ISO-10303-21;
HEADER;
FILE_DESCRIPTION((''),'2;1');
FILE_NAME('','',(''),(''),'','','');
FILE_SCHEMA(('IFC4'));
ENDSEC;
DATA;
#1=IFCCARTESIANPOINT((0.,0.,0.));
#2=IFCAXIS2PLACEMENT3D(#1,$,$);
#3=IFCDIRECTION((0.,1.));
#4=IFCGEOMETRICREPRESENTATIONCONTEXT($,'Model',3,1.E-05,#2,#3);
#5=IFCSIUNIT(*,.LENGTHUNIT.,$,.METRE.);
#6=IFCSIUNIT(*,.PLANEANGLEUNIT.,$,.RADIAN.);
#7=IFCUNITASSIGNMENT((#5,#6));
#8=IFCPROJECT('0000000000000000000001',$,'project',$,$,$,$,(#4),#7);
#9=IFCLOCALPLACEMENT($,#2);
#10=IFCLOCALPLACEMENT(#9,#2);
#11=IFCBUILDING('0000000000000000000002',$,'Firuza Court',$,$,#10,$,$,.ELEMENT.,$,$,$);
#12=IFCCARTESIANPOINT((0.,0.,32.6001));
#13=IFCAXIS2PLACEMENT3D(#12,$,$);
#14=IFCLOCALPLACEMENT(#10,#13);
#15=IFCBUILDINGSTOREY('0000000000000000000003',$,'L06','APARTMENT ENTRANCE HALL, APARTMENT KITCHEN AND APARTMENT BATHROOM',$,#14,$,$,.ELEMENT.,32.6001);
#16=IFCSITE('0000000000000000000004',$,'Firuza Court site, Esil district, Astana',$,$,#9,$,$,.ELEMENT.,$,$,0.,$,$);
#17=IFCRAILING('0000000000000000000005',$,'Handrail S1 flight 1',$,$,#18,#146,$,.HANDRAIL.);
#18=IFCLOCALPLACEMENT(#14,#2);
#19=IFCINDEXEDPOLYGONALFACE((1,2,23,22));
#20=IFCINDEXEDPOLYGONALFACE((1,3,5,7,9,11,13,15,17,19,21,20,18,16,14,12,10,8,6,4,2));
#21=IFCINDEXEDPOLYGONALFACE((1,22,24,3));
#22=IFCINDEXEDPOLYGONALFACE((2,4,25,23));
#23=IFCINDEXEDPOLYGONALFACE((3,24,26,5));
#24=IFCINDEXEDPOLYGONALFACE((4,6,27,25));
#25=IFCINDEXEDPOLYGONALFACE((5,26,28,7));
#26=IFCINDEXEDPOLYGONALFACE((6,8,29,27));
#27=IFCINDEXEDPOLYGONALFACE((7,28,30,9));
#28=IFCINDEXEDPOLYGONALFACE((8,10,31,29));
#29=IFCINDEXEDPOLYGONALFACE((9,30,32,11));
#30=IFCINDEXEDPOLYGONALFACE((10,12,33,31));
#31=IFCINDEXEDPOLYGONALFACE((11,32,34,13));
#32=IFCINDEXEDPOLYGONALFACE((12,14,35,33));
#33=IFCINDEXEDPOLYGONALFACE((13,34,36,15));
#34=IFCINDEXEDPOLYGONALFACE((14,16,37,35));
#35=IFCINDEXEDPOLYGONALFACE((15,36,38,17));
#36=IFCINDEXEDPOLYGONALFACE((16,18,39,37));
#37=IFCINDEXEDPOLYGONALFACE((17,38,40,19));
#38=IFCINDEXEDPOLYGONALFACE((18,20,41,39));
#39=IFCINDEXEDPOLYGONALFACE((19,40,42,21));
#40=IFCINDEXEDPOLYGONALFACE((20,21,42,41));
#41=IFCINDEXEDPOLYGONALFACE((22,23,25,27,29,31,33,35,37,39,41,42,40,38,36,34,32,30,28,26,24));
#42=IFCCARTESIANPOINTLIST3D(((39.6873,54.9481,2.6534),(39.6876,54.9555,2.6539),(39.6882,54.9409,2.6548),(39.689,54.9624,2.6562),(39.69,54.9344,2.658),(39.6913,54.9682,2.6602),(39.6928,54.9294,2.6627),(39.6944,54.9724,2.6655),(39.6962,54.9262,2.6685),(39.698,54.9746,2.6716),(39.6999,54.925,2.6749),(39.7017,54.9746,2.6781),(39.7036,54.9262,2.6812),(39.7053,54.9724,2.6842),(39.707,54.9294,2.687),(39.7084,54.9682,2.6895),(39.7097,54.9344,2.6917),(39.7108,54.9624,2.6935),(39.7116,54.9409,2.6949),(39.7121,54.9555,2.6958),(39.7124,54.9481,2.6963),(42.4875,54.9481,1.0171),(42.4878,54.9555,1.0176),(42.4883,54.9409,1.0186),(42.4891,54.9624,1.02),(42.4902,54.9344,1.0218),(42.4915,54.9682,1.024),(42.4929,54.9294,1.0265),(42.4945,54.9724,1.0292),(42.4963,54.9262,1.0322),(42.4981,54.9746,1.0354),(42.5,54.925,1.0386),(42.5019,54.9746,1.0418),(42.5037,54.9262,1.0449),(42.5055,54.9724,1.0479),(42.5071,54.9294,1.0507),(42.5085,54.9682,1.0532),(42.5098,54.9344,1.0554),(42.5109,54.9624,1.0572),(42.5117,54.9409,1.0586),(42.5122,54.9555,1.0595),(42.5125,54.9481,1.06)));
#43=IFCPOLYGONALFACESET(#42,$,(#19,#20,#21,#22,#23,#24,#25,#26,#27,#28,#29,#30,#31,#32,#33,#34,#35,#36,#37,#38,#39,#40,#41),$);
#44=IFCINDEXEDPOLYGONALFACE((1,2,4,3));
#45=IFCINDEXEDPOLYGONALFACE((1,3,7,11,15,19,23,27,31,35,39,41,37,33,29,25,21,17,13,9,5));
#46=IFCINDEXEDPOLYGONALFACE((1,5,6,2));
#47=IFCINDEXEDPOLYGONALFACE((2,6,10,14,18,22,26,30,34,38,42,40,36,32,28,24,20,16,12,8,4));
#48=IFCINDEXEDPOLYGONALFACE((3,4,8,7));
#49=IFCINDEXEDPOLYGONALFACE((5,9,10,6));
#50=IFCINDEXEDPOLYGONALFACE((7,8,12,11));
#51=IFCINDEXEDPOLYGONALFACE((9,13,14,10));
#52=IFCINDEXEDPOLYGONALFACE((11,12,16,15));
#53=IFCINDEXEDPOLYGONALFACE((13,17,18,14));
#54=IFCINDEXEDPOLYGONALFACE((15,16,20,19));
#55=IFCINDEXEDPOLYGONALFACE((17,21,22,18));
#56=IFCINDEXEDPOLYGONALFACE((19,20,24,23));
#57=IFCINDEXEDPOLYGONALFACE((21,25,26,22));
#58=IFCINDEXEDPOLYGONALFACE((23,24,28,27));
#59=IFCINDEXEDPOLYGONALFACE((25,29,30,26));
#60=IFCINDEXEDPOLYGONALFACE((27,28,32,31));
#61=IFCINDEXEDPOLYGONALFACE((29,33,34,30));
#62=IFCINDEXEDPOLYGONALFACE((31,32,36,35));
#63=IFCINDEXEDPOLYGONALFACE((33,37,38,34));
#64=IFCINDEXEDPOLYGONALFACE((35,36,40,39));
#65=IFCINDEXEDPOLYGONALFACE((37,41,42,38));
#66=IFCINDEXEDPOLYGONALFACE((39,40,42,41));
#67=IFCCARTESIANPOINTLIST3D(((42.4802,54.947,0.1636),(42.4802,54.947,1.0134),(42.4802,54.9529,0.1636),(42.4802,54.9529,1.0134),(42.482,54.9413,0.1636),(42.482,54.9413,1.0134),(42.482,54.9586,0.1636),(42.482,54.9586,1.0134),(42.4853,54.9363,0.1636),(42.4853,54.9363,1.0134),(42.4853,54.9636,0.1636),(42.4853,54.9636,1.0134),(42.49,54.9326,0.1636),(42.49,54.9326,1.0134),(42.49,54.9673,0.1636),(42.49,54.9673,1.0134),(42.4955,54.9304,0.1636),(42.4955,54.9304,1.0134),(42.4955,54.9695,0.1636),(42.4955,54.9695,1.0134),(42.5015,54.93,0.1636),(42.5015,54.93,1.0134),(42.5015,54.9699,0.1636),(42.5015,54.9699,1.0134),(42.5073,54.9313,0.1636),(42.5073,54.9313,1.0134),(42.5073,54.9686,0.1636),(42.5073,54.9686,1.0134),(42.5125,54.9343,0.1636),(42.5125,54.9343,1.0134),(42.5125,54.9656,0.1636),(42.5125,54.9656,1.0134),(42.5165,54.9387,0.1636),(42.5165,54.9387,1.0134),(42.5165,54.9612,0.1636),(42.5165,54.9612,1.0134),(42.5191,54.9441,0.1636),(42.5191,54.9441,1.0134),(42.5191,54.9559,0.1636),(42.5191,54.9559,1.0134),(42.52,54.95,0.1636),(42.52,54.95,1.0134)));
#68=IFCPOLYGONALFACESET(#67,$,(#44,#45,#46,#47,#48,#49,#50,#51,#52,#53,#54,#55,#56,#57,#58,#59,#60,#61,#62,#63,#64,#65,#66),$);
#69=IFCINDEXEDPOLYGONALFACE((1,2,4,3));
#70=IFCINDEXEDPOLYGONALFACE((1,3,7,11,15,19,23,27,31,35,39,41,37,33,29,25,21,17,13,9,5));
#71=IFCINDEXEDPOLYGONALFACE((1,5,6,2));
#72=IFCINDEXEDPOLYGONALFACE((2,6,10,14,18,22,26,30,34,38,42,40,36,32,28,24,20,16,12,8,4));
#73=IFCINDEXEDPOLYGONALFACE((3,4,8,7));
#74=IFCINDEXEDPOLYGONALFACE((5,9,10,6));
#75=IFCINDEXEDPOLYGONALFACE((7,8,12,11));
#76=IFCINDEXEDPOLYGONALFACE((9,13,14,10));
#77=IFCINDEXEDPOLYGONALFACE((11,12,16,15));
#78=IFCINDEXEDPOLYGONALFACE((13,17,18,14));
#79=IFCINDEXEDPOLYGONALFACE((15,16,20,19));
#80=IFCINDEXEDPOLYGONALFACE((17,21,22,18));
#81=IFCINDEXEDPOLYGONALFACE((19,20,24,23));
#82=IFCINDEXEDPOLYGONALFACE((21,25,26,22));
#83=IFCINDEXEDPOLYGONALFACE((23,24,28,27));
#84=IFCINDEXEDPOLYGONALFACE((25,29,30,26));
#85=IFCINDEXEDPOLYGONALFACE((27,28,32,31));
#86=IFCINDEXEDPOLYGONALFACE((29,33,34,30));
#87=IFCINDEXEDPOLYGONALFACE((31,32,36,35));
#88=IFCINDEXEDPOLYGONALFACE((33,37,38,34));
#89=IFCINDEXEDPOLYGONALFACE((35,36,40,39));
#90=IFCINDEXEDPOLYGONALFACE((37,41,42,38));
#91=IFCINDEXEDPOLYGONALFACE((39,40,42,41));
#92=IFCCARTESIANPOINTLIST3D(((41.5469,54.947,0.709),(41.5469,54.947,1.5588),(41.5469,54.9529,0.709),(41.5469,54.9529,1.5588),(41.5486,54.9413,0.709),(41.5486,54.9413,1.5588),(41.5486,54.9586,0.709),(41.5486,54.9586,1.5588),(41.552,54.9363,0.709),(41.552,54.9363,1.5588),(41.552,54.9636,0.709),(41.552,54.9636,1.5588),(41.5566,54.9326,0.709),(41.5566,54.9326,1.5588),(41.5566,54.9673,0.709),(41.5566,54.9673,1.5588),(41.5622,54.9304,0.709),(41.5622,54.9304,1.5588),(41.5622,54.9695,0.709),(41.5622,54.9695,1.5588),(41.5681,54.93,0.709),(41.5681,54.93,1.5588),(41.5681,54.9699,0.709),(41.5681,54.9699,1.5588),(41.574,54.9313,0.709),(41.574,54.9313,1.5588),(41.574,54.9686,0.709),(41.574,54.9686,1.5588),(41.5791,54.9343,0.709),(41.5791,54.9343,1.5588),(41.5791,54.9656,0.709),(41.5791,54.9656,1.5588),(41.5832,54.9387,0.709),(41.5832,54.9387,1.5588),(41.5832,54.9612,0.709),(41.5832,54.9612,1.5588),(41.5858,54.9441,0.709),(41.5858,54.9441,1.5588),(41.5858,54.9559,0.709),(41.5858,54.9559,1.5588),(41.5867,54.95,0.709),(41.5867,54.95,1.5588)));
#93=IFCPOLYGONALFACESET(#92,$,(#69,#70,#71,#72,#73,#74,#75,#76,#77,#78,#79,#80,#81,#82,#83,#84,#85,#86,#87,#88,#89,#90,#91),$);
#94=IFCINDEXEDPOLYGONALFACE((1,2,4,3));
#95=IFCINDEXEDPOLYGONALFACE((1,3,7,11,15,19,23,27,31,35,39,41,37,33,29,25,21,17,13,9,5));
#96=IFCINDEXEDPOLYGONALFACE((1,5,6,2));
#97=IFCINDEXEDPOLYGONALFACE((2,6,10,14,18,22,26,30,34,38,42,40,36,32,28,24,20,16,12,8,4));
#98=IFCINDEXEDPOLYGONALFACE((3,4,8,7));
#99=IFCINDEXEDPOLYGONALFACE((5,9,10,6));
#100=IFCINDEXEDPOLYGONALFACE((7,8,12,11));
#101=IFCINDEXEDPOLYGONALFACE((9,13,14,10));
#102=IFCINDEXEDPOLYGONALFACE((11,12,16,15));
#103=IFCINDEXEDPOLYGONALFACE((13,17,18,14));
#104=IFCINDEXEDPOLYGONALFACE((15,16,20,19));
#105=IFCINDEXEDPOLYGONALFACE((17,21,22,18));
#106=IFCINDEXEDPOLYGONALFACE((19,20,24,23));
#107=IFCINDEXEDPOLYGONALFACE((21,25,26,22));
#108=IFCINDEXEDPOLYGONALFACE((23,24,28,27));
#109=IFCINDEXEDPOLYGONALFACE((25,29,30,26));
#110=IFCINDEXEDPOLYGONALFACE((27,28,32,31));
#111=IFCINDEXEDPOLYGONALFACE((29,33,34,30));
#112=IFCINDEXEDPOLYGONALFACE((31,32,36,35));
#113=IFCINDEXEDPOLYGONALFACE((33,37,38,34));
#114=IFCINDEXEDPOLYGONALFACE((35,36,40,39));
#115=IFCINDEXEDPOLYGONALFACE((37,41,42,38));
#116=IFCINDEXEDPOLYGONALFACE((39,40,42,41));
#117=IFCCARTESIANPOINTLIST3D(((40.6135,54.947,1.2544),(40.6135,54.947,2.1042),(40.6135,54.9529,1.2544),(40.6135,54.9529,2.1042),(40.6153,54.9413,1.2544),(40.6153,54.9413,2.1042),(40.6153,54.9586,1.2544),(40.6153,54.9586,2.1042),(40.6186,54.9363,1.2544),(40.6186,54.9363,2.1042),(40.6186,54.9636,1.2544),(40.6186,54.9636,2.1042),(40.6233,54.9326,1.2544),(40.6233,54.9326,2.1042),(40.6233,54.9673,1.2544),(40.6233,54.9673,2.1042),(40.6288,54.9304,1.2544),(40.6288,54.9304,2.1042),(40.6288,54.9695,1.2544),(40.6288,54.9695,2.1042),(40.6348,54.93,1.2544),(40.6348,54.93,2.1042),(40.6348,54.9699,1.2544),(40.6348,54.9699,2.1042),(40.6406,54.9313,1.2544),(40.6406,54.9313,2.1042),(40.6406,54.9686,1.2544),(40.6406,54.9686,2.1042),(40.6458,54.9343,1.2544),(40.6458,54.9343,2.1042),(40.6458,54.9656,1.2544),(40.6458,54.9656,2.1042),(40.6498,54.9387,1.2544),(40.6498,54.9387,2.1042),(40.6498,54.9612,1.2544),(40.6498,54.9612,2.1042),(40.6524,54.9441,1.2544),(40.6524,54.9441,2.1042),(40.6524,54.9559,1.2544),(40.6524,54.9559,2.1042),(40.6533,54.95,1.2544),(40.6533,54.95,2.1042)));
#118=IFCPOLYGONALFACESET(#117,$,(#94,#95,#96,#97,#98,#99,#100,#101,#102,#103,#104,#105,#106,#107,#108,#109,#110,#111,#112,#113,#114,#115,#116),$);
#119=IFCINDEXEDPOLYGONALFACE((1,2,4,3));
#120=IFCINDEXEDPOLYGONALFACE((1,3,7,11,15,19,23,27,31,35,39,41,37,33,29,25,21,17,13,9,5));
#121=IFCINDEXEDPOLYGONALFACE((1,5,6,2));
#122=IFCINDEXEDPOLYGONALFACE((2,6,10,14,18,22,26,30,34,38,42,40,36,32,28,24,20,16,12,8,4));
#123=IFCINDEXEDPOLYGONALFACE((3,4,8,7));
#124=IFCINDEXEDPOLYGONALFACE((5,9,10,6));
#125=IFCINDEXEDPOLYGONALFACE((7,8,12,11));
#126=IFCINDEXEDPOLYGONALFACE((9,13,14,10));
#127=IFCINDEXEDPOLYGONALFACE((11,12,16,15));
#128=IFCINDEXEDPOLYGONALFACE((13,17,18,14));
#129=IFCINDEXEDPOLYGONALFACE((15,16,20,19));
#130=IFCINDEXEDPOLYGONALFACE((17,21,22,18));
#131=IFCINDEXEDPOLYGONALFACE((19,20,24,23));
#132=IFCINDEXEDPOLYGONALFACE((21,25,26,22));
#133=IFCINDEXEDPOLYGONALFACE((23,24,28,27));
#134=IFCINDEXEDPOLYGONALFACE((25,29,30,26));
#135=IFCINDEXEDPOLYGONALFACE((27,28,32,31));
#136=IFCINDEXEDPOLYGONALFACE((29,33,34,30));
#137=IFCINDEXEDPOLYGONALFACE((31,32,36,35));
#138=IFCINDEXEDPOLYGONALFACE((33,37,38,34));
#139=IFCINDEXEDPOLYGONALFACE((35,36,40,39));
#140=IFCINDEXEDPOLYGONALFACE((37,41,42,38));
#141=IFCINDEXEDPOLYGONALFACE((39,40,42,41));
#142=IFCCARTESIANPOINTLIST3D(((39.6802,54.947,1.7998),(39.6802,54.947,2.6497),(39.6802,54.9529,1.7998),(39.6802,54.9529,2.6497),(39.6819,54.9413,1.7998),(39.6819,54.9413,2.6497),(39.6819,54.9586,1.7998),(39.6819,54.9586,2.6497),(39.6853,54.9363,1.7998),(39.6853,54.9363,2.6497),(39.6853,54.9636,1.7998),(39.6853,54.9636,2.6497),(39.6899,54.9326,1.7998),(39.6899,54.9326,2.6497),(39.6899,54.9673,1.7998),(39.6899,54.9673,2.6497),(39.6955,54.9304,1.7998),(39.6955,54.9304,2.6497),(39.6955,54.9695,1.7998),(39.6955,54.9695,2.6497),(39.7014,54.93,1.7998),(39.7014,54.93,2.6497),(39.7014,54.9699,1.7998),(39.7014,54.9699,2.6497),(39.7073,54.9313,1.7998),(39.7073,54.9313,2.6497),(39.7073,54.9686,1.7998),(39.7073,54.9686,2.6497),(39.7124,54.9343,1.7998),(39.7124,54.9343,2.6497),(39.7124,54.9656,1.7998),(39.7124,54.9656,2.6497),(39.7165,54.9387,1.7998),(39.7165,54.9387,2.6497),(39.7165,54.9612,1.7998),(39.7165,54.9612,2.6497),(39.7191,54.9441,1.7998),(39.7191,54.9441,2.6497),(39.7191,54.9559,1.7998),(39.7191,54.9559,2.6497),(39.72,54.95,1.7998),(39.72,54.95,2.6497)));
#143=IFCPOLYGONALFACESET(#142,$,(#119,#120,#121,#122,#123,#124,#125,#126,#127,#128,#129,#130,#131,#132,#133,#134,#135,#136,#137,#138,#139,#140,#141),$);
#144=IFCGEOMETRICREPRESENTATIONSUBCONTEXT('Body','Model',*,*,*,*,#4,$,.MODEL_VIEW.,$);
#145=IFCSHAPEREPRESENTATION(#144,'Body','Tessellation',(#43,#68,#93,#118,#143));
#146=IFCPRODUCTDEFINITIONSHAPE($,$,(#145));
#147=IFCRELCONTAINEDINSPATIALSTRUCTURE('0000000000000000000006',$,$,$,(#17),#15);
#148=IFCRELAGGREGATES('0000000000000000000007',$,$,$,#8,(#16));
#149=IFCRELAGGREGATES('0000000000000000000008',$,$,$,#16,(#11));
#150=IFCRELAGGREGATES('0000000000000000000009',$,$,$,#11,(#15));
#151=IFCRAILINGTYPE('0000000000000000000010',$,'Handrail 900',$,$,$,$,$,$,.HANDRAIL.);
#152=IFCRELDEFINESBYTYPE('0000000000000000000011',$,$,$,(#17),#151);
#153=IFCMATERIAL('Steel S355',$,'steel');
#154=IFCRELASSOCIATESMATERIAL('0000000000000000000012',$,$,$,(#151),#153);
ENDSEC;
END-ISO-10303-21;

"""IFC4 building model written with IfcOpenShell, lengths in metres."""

from ifc_helpers import new_model, si_unit, direction, frame, origin, origin_2d, place, context, subcontext, project, spatial, circle, extrude, material, type_object, element, save


model = new_model("IFC4")

# Units and contexts
model_context = context("Model", 3, precision=1e-05, world=origin(), true_north=direction((0.0, 1.0)))
body_context = subcontext(model_context, "Body", "Model", "MODEL_VIEW")
ifc_project = project(units=[si_unit("LENGTHUNIT", "METRE"), si_unit("PLANEANGLEUNIT", "RADIAN")], contexts=[model_context])

# Site, building, storey
site_placement = place(None, origin())
site = spatial("IfcSite", under=ifc_project, at=site_placement, Name="Firuza Court site, Esil district, Astana", CompositionType="ELEMENT", RefElevation=0.0)
building_placement = place(site_placement, origin())
building = spatial("IfcBuilding", under=site, at=building_placement, Name="Firuza Court", CompositionType="ELEMENT")
storey_placement = place(building_placement, frame((0.0, 0.0, 32.6001)))
storey = spatial("IfcBuildingStorey", under=building, at=storey_placement, Name="L06", Description="APARTMENT ENTRANCE HALL, APARTMENT KITCHEN AND APARTMENT BATHROOM", CompositionType="ELEMENT", Elevation=32.6001)

# Railing
ifc_material_1 = material(Name="Steel S355", Category="steel")
railing_type_1 = type_object("IfcRailingType", Name="Handrail 900", PredefinedType="HANDRAIL", material=ifc_material_1)
railing_1_placement = place(storey_placement, frame((42.5, 54.95, 0.1636)))
element("IfcRailing", 1, at=railing_1_placement, inside=storey, type_object=railing_type_1, Name="Handrail S1 flight 1", PredefinedType="HANDRAIL", context=body_context, shape_type="SweptSolid", body=[
    extrude(circle(Radius=0.0249, at=origin_2d()), frame((0.0, 0.0, 0.875), z_axis=(-0.863394, 0.0, 0.504531), x_axis=(0.0, -1.0, 0.0)), (0.0, 0.0, 1.0), 3.2432),
    extrude(circle(Radius=0.02, at=origin_2d()), origin(), (0.0, 0.0, 1.0), 0.8499),
    extrude(circle(Radius=0.02, at=origin_2d()), frame((-0.9333, 0.0, 0.5454)), (0.0, 0.0, 1.0), 0.8499),
    extrude(circle(Radius=0.02, at=origin_2d()), frame((-1.8667, 0.0, 1.0908)), (0.0, 0.0, 1.0), 0.8499),
    extrude(circle(Radius=0.02, at=origin_2d()), frame((-2.8, 0.0, 1.6362)), (0.0, 0.0, 1.0), 0.8499),
])

save(model, "model.ifc")
